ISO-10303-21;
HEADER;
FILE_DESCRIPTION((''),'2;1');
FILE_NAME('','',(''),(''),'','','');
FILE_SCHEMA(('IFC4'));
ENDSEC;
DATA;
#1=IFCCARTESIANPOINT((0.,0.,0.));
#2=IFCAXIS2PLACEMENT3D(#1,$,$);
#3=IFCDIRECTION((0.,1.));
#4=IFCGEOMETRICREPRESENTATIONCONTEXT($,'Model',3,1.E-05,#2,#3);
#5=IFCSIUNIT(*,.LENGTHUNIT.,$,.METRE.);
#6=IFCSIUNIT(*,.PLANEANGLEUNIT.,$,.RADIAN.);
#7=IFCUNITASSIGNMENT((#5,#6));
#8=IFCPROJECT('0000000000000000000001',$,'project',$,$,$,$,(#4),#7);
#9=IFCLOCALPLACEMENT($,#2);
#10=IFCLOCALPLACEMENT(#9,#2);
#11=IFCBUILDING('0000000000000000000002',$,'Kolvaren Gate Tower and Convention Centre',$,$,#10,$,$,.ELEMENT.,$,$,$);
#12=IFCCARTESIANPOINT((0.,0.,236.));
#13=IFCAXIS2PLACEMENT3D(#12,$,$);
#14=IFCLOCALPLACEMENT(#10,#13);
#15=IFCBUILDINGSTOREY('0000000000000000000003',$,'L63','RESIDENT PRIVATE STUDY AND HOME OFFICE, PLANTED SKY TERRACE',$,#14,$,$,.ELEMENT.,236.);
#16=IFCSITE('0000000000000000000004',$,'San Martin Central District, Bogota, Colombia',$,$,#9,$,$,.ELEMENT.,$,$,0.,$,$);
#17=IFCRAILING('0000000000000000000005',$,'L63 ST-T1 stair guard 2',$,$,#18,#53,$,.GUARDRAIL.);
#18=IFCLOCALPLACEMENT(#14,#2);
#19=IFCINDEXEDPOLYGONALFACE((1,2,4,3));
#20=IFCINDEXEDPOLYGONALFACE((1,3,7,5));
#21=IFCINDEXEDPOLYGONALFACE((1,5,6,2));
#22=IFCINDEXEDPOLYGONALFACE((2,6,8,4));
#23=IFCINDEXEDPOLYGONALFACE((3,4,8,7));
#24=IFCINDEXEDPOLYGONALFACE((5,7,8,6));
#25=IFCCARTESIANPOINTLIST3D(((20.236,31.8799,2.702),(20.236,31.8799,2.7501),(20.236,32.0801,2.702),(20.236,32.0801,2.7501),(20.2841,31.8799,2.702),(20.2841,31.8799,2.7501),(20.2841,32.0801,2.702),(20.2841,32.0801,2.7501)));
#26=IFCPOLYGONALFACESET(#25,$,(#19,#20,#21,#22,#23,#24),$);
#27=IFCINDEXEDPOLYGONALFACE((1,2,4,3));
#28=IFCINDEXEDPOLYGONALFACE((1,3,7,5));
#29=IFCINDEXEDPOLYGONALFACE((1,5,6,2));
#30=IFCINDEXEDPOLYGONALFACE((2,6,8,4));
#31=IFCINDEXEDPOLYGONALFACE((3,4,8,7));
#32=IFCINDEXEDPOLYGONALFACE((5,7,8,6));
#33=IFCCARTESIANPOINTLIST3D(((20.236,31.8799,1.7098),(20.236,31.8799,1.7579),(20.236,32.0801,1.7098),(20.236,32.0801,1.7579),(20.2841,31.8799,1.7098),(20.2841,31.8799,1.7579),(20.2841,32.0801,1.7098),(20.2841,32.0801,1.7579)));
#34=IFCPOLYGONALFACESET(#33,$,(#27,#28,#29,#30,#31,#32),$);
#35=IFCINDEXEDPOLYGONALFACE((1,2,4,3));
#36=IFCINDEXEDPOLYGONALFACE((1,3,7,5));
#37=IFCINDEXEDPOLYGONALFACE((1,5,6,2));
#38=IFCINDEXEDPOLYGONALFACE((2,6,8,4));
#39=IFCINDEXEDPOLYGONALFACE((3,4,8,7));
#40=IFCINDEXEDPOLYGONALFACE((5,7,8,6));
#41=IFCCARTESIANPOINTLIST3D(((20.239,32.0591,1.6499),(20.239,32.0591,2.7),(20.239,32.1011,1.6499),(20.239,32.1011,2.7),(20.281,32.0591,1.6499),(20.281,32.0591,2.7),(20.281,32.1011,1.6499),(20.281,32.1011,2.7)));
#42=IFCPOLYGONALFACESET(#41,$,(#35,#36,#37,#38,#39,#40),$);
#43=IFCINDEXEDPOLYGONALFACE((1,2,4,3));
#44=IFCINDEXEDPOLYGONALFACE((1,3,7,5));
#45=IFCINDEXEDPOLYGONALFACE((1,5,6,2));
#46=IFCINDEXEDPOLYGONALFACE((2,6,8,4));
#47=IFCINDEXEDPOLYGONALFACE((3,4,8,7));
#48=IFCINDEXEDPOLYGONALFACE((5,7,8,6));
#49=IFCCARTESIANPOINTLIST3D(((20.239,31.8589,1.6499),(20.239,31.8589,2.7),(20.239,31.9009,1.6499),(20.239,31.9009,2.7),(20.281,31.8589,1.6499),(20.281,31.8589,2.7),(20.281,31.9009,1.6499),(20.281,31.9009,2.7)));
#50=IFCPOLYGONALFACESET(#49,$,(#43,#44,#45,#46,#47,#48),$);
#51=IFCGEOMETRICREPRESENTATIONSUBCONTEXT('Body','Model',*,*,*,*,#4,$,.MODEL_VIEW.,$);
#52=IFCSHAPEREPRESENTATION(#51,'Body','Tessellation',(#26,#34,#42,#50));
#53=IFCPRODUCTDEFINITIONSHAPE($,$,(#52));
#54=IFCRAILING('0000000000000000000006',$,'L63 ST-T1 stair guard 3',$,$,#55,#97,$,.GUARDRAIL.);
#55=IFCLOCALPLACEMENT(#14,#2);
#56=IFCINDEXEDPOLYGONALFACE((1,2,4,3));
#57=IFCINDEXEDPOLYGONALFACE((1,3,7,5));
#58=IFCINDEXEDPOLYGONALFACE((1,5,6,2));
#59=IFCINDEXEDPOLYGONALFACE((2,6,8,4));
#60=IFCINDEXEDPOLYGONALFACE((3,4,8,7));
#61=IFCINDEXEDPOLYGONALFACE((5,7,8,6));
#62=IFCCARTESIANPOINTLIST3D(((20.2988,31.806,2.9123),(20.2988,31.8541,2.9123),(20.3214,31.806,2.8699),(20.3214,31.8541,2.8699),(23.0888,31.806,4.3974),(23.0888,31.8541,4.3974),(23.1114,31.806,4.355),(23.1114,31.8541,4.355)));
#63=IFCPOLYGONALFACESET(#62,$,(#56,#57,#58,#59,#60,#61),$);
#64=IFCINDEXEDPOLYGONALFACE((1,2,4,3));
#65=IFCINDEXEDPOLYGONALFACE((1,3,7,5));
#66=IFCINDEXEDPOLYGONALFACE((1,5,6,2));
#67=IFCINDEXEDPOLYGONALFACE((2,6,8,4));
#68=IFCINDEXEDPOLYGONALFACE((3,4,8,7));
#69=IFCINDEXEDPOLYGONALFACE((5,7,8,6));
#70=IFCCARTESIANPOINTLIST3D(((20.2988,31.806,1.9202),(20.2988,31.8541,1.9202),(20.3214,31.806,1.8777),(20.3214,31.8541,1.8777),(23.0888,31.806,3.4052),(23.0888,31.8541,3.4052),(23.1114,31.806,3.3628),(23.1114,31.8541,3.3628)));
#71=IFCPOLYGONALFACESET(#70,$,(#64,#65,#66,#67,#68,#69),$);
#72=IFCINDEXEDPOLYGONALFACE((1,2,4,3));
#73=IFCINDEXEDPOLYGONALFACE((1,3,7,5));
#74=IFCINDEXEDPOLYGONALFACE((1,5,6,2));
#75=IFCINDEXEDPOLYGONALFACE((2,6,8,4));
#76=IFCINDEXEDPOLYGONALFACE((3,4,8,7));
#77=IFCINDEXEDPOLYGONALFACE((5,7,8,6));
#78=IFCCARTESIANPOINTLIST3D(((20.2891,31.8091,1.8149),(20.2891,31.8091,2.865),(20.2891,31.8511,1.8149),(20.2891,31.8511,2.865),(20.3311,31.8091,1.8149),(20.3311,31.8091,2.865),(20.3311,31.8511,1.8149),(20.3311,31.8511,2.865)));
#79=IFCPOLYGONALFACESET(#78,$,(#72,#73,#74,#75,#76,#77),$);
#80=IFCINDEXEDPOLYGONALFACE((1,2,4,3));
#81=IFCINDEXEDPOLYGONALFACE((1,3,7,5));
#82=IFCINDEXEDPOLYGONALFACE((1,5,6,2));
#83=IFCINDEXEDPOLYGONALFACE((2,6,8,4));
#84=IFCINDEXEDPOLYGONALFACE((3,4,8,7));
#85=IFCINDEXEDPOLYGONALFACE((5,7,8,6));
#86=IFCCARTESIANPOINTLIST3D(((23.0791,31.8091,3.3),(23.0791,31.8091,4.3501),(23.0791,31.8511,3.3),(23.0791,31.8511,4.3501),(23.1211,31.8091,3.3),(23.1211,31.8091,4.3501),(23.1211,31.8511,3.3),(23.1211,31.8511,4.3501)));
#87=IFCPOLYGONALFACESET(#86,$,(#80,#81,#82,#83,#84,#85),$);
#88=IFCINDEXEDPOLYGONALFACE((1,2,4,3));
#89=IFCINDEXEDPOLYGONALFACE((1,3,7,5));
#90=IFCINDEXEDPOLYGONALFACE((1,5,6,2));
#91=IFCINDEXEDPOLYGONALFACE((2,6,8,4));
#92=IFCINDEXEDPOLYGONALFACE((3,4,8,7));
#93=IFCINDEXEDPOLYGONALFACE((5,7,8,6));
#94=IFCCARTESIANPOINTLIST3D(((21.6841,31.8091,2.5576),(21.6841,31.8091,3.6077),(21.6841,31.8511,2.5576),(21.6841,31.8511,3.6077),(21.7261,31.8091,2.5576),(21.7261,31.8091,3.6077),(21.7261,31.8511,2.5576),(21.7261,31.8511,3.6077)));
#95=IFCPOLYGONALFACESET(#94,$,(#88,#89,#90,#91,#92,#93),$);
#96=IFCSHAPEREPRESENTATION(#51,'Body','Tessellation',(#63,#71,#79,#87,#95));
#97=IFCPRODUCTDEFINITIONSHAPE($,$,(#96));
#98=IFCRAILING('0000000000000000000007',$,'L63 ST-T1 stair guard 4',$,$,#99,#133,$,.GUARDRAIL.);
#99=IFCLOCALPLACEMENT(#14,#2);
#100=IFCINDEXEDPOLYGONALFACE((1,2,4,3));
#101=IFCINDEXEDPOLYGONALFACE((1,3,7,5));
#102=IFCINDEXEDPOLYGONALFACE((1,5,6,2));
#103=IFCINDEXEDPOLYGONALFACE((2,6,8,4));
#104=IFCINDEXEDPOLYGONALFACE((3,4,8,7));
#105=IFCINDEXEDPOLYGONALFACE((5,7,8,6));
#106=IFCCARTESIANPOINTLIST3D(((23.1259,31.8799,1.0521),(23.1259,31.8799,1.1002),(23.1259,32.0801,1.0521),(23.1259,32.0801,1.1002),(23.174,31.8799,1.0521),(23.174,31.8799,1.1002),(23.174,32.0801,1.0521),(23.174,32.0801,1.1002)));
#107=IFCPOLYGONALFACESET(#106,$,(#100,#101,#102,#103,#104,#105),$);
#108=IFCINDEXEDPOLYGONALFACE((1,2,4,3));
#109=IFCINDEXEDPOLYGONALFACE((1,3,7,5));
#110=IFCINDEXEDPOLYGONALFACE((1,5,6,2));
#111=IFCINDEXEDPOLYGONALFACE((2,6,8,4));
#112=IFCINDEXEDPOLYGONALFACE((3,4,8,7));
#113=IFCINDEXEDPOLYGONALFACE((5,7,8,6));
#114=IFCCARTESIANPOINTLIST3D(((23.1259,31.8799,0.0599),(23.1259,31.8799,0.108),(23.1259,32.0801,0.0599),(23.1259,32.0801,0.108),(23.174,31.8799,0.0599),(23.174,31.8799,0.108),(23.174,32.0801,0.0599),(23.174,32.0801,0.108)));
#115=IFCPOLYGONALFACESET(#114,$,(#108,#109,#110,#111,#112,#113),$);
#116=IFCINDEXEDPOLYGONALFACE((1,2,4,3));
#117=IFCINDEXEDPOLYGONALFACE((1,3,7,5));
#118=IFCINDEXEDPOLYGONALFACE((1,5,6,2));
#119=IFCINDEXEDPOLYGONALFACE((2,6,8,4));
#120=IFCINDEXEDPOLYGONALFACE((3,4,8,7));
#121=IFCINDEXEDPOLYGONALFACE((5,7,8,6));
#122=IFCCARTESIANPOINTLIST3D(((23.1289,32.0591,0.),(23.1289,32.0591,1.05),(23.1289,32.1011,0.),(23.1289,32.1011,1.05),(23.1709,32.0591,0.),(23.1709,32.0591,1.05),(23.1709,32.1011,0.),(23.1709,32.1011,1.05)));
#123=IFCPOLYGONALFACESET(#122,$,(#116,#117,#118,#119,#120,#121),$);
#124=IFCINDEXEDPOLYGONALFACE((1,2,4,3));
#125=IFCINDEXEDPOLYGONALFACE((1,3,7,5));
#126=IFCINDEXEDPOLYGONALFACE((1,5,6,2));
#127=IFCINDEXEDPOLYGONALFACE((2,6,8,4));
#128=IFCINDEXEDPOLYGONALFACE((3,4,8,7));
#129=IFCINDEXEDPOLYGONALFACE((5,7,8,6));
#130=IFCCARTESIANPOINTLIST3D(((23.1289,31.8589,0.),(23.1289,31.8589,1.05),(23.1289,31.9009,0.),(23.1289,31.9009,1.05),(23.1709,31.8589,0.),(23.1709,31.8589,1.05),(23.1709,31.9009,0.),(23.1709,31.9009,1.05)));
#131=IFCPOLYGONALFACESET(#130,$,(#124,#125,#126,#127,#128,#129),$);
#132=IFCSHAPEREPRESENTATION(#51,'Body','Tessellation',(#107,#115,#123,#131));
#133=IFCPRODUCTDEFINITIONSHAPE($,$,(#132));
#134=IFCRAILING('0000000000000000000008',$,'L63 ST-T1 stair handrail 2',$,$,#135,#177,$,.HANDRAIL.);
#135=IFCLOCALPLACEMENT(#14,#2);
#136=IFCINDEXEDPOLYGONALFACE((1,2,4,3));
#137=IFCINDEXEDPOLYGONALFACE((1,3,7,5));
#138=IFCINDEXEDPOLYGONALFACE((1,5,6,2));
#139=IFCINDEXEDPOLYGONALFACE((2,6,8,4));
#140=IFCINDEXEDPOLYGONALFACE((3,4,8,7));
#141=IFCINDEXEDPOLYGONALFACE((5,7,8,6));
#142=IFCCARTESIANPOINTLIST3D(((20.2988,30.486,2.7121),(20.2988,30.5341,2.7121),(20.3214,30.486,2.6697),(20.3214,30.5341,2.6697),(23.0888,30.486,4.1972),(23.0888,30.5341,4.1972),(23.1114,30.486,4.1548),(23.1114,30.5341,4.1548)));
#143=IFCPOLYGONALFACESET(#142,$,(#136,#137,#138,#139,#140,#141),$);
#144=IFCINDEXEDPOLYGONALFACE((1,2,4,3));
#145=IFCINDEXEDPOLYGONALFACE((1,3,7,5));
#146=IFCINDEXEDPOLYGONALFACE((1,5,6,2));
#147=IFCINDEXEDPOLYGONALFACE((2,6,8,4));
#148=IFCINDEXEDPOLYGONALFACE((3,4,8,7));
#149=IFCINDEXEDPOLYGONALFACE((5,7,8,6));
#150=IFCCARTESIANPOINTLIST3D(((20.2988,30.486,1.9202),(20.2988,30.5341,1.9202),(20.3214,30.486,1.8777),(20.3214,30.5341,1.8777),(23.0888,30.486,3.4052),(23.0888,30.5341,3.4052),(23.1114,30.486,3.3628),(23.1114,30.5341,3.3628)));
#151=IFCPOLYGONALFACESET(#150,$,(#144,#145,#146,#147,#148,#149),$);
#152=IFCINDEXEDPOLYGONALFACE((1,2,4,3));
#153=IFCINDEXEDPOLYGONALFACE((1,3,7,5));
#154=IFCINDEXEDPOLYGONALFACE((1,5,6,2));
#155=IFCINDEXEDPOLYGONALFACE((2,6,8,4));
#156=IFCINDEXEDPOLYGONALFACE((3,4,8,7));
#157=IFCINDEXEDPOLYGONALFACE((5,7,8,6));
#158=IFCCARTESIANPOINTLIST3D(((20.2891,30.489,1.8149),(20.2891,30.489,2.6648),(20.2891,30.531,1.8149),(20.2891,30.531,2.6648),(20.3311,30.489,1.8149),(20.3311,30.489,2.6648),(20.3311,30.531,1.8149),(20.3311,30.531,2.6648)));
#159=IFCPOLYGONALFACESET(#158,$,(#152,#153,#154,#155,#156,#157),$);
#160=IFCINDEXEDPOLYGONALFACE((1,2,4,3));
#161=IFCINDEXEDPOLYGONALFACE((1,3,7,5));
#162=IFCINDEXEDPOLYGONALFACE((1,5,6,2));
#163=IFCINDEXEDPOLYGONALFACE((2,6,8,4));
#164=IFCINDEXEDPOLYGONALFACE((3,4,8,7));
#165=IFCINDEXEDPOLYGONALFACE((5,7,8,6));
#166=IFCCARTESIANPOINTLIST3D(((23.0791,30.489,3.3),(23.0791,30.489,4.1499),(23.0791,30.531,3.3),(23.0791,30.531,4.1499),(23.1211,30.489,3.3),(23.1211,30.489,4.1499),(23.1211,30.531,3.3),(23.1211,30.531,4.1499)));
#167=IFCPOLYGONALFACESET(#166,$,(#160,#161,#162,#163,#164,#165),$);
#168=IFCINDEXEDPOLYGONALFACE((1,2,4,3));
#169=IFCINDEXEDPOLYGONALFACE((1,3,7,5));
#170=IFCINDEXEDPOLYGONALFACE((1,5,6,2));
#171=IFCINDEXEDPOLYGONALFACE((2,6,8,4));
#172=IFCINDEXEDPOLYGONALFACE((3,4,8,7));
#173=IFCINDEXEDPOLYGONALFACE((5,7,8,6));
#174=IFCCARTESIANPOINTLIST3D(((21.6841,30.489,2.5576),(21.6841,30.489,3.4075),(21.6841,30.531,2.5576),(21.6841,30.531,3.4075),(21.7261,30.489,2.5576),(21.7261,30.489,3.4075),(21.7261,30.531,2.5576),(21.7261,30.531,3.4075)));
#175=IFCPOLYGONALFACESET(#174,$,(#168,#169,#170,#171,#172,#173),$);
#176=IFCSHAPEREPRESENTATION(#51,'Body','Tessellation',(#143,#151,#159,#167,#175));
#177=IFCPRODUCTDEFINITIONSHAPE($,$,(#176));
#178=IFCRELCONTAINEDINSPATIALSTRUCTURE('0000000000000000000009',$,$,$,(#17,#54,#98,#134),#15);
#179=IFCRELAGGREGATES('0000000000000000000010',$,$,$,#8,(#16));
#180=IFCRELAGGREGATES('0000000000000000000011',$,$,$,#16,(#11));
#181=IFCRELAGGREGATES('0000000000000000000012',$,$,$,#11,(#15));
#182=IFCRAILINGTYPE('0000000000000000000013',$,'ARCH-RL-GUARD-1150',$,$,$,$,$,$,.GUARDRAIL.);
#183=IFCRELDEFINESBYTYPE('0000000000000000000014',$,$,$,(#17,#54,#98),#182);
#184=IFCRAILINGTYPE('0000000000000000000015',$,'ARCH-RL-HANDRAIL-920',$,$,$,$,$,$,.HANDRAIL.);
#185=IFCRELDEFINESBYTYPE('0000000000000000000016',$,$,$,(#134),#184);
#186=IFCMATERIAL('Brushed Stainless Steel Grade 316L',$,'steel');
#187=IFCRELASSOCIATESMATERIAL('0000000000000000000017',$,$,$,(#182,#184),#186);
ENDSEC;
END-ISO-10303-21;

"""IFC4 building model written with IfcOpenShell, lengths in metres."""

from ifc_helpers import new_model, si_unit, direction, frame, origin, origin_2d, place, context, subcontext, project, spatial, rectangle, extrude, material, type_object, element, save


model = new_model("IFC4")

# Units and contexts
model_context = context("Model", 3, precision=1e-05, world=origin(), true_north=direction((0.0, 1.0)))
body_context = subcontext(model_context, "Body", "Model", "MODEL_VIEW")
ifc_project = project(units=[si_unit("LENGTHUNIT", "METRE"), si_unit("PLANEANGLEUNIT", "RADIAN")], contexts=[model_context])

# Site, building, storey
site_placement = place(None, origin())
site = spatial("IfcSite", under=ifc_project, at=site_placement, Name="San Martin Central District, Bogota, Colombia", CompositionType="ELEMENT", RefElevation=0.0)
building_placement = place(site_placement, origin())
building = spatial("IfcBuilding", under=site, at=building_placement, Name="Kolvaren Gate Tower and Convention Centre", CompositionType="ELEMENT")
storey_placement = place(building_placement, frame((0.0, 0.0, 236.0)))
storey = spatial("IfcBuildingStorey", under=building, at=storey_placement, Name="L63", Description="RESIDENT PRIVATE STUDY AND HOME OFFICE, PLANTED SKY TERRACE", CompositionType="ELEMENT", Elevation=236.0)

# Shared definitions
ifc_material_1 = material(Name="Brushed Stainless Steel Grade 316L", Category="steel")

# Railings
railing_type_1 = type_object("IfcRailingType", Name="ARCH-RL-GUARD-1150", PredefinedType="GUARDRAIL", material=ifc_material_1)
railing_1_placement = place(storey_placement, frame((20.26, 32.0801, 1.6499)))
element("IfcRailing", 1, at=railing_1_placement, inside=storey, type_object=railing_type_1, Name="L63 ST-T1 stair guard 2", PredefinedType="GUARDRAIL", context=body_context, shape_type="SweptSolid", body=[
    extrude(rectangle(XDim=0.0481, YDim=0.0481, at=origin_2d()), frame((0.0, 0.0, 1.0762), z_axis=(0.0, -1.0, 0.0), x_axis=(1.0, 0.0, 0.0)), (0.0, 0.0, 1.0), 0.2002),
    extrude(rectangle(XDim=0.0481, YDim=0.0481, at=origin_2d()), frame((0.0, 0.0, 0.084), z_axis=(0.0, -1.0, 0.0), x_axis=(1.0, 0.0, 0.0)), (0.0, 0.0, 1.0), 0.2002),
    extrude(rectangle(XDim=0.042, YDim=0.042, at=origin_2d()), origin(), (0.0, 0.0, 1.0), 1.05),
    extrude(rectangle(XDim=0.042, YDim=0.042, at=origin_2d()), frame((0.0, -0.2002, 0.0)), (0.0, 0.0, 1.0), 1.05),
])
railing_2_placement = place(storey_placement, frame((20.3101, 31.8301, 1.8149)))
element("IfcRailing", 2, at=railing_2_placement, inside=storey, type_object=railing_type_1, Name="L63 ST-T1 stair guard 3", PredefinedType="GUARDRAIL", context=body_context, shape_type="SweptSolid", body=[
    extrude(rectangle(XDim=0.0481, YDim=0.0481, at=origin_2d()), frame((0.0, 0.0, 1.0762), z_axis=(0.882735, 0.0, 0.46987), x_axis=(0.0, 1.0, 0.0)), (0.0, 0.0, 1.0), 3.1606),
    extrude(rectangle(XDim=0.0481, YDim=0.0481, at=origin_2d()), frame((0.0, 0.0, 0.084), z_axis=(0.882735, 0.0, 0.46987), x_axis=(0.0, 1.0, 0.0)), (0.0, 0.0, 1.0), 3.1606),
    extrude(rectangle(XDim=0.042, YDim=0.042, at=origin_2d()), origin(), (0.0, 0.0, 1.0), 1.05),
    extrude(rectangle(XDim=0.042, YDim=0.042, at=origin_2d()), frame((2.79, 0.0, 1.4851)), (0.0, 0.0, 1.0), 1.05),
    extrude(rectangle(XDim=0.042, YDim=0.042, at=origin_2d()), frame((1.395, 0.0, 0.7427)), (0.0, 0.0, 1.0), 1.05),
])
railing_3_placement = place(storey_placement, frame((23.1499, 32.0801, 0.0)))
element("IfcRailing", 3, at=railing_3_placement, inside=storey, type_object=railing_type_1, Name="L63 ST-T1 stair guard 4", PredefinedType="GUARDRAIL", context=body_context, shape_type="SweptSolid", body=[
    extrude(rectangle(XDim=0.0481, YDim=0.0481, at=origin_2d()), frame((0.0, 0.0, 1.0762), z_axis=(0.0, -1.0, 0.0), x_axis=(1.0, 0.0, 0.0)), (0.0, 0.0, 1.0), 0.2002),
    extrude(rectangle(XDim=0.0481, YDim=0.0481, at=origin_2d()), frame((0.0, 0.0, 0.084), z_axis=(0.0, -1.0, 0.0), x_axis=(1.0, 0.0, 0.0)), (0.0, 0.0, 1.0), 0.2002),
    extrude(rectangle(XDim=0.042, YDim=0.042, at=origin_2d()), origin(), (0.0, 0.0, 1.0), 1.05),
    extrude(rectangle(XDim=0.042, YDim=0.042, at=origin_2d()), frame((0.0, -0.2002, 0.0)), (0.0, 0.0, 1.0), 1.05),
])
railing_type_2 = type_object("IfcRailingType", Name="ARCH-RL-HANDRAIL-920", PredefinedType="HANDRAIL", material=ifc_material_1)
railing_4_placement = place(storey_placement, frame((20.3101, 30.51, 1.8149)))
element("IfcRailing", 4, at=railing_4_placement, inside=storey, type_object=railing_type_2, Name="L63 ST-T1 stair handrail 2", PredefinedType="HANDRAIL", context=body_context, shape_type="SweptSolid", body=[
    extrude(rectangle(XDim=0.0481, YDim=0.0481, at=origin_2d()), frame((0.0, 0.0, 0.876), z_axis=(0.882735, 0.0, 0.46987), x_axis=(0.0, 1.0, 0.0)), (0.0, 0.0, 1.0), 3.1606),
    extrude(rectangle(XDim=0.0481, YDim=0.0481, at=origin_2d()), frame((0.0, 0.0, 0.084), z_axis=(0.882735, 0.0, 0.46987), x_axis=(0.0, 1.0, 0.0)), (0.0, 0.0, 1.0), 3.1606),
    extrude(rectangle(XDim=0.042, YDim=0.042, at=origin_2d()), origin(), (0.0, 0.0, 1.0), 0.8499),
    extrude(rectangle(XDim=0.042, YDim=0.042, at=origin_2d()), frame((2.79, 0.0, 1.4851)), (0.0, 0.0, 1.0), 0.8499),
    extrude(rectangle(XDim=0.042, YDim=0.042, at=origin_2d()), frame((1.395, 0.0, 0.7427)), (0.0, 0.0, 1.0), 0.8499),
])

save(model, "model.ifc")
